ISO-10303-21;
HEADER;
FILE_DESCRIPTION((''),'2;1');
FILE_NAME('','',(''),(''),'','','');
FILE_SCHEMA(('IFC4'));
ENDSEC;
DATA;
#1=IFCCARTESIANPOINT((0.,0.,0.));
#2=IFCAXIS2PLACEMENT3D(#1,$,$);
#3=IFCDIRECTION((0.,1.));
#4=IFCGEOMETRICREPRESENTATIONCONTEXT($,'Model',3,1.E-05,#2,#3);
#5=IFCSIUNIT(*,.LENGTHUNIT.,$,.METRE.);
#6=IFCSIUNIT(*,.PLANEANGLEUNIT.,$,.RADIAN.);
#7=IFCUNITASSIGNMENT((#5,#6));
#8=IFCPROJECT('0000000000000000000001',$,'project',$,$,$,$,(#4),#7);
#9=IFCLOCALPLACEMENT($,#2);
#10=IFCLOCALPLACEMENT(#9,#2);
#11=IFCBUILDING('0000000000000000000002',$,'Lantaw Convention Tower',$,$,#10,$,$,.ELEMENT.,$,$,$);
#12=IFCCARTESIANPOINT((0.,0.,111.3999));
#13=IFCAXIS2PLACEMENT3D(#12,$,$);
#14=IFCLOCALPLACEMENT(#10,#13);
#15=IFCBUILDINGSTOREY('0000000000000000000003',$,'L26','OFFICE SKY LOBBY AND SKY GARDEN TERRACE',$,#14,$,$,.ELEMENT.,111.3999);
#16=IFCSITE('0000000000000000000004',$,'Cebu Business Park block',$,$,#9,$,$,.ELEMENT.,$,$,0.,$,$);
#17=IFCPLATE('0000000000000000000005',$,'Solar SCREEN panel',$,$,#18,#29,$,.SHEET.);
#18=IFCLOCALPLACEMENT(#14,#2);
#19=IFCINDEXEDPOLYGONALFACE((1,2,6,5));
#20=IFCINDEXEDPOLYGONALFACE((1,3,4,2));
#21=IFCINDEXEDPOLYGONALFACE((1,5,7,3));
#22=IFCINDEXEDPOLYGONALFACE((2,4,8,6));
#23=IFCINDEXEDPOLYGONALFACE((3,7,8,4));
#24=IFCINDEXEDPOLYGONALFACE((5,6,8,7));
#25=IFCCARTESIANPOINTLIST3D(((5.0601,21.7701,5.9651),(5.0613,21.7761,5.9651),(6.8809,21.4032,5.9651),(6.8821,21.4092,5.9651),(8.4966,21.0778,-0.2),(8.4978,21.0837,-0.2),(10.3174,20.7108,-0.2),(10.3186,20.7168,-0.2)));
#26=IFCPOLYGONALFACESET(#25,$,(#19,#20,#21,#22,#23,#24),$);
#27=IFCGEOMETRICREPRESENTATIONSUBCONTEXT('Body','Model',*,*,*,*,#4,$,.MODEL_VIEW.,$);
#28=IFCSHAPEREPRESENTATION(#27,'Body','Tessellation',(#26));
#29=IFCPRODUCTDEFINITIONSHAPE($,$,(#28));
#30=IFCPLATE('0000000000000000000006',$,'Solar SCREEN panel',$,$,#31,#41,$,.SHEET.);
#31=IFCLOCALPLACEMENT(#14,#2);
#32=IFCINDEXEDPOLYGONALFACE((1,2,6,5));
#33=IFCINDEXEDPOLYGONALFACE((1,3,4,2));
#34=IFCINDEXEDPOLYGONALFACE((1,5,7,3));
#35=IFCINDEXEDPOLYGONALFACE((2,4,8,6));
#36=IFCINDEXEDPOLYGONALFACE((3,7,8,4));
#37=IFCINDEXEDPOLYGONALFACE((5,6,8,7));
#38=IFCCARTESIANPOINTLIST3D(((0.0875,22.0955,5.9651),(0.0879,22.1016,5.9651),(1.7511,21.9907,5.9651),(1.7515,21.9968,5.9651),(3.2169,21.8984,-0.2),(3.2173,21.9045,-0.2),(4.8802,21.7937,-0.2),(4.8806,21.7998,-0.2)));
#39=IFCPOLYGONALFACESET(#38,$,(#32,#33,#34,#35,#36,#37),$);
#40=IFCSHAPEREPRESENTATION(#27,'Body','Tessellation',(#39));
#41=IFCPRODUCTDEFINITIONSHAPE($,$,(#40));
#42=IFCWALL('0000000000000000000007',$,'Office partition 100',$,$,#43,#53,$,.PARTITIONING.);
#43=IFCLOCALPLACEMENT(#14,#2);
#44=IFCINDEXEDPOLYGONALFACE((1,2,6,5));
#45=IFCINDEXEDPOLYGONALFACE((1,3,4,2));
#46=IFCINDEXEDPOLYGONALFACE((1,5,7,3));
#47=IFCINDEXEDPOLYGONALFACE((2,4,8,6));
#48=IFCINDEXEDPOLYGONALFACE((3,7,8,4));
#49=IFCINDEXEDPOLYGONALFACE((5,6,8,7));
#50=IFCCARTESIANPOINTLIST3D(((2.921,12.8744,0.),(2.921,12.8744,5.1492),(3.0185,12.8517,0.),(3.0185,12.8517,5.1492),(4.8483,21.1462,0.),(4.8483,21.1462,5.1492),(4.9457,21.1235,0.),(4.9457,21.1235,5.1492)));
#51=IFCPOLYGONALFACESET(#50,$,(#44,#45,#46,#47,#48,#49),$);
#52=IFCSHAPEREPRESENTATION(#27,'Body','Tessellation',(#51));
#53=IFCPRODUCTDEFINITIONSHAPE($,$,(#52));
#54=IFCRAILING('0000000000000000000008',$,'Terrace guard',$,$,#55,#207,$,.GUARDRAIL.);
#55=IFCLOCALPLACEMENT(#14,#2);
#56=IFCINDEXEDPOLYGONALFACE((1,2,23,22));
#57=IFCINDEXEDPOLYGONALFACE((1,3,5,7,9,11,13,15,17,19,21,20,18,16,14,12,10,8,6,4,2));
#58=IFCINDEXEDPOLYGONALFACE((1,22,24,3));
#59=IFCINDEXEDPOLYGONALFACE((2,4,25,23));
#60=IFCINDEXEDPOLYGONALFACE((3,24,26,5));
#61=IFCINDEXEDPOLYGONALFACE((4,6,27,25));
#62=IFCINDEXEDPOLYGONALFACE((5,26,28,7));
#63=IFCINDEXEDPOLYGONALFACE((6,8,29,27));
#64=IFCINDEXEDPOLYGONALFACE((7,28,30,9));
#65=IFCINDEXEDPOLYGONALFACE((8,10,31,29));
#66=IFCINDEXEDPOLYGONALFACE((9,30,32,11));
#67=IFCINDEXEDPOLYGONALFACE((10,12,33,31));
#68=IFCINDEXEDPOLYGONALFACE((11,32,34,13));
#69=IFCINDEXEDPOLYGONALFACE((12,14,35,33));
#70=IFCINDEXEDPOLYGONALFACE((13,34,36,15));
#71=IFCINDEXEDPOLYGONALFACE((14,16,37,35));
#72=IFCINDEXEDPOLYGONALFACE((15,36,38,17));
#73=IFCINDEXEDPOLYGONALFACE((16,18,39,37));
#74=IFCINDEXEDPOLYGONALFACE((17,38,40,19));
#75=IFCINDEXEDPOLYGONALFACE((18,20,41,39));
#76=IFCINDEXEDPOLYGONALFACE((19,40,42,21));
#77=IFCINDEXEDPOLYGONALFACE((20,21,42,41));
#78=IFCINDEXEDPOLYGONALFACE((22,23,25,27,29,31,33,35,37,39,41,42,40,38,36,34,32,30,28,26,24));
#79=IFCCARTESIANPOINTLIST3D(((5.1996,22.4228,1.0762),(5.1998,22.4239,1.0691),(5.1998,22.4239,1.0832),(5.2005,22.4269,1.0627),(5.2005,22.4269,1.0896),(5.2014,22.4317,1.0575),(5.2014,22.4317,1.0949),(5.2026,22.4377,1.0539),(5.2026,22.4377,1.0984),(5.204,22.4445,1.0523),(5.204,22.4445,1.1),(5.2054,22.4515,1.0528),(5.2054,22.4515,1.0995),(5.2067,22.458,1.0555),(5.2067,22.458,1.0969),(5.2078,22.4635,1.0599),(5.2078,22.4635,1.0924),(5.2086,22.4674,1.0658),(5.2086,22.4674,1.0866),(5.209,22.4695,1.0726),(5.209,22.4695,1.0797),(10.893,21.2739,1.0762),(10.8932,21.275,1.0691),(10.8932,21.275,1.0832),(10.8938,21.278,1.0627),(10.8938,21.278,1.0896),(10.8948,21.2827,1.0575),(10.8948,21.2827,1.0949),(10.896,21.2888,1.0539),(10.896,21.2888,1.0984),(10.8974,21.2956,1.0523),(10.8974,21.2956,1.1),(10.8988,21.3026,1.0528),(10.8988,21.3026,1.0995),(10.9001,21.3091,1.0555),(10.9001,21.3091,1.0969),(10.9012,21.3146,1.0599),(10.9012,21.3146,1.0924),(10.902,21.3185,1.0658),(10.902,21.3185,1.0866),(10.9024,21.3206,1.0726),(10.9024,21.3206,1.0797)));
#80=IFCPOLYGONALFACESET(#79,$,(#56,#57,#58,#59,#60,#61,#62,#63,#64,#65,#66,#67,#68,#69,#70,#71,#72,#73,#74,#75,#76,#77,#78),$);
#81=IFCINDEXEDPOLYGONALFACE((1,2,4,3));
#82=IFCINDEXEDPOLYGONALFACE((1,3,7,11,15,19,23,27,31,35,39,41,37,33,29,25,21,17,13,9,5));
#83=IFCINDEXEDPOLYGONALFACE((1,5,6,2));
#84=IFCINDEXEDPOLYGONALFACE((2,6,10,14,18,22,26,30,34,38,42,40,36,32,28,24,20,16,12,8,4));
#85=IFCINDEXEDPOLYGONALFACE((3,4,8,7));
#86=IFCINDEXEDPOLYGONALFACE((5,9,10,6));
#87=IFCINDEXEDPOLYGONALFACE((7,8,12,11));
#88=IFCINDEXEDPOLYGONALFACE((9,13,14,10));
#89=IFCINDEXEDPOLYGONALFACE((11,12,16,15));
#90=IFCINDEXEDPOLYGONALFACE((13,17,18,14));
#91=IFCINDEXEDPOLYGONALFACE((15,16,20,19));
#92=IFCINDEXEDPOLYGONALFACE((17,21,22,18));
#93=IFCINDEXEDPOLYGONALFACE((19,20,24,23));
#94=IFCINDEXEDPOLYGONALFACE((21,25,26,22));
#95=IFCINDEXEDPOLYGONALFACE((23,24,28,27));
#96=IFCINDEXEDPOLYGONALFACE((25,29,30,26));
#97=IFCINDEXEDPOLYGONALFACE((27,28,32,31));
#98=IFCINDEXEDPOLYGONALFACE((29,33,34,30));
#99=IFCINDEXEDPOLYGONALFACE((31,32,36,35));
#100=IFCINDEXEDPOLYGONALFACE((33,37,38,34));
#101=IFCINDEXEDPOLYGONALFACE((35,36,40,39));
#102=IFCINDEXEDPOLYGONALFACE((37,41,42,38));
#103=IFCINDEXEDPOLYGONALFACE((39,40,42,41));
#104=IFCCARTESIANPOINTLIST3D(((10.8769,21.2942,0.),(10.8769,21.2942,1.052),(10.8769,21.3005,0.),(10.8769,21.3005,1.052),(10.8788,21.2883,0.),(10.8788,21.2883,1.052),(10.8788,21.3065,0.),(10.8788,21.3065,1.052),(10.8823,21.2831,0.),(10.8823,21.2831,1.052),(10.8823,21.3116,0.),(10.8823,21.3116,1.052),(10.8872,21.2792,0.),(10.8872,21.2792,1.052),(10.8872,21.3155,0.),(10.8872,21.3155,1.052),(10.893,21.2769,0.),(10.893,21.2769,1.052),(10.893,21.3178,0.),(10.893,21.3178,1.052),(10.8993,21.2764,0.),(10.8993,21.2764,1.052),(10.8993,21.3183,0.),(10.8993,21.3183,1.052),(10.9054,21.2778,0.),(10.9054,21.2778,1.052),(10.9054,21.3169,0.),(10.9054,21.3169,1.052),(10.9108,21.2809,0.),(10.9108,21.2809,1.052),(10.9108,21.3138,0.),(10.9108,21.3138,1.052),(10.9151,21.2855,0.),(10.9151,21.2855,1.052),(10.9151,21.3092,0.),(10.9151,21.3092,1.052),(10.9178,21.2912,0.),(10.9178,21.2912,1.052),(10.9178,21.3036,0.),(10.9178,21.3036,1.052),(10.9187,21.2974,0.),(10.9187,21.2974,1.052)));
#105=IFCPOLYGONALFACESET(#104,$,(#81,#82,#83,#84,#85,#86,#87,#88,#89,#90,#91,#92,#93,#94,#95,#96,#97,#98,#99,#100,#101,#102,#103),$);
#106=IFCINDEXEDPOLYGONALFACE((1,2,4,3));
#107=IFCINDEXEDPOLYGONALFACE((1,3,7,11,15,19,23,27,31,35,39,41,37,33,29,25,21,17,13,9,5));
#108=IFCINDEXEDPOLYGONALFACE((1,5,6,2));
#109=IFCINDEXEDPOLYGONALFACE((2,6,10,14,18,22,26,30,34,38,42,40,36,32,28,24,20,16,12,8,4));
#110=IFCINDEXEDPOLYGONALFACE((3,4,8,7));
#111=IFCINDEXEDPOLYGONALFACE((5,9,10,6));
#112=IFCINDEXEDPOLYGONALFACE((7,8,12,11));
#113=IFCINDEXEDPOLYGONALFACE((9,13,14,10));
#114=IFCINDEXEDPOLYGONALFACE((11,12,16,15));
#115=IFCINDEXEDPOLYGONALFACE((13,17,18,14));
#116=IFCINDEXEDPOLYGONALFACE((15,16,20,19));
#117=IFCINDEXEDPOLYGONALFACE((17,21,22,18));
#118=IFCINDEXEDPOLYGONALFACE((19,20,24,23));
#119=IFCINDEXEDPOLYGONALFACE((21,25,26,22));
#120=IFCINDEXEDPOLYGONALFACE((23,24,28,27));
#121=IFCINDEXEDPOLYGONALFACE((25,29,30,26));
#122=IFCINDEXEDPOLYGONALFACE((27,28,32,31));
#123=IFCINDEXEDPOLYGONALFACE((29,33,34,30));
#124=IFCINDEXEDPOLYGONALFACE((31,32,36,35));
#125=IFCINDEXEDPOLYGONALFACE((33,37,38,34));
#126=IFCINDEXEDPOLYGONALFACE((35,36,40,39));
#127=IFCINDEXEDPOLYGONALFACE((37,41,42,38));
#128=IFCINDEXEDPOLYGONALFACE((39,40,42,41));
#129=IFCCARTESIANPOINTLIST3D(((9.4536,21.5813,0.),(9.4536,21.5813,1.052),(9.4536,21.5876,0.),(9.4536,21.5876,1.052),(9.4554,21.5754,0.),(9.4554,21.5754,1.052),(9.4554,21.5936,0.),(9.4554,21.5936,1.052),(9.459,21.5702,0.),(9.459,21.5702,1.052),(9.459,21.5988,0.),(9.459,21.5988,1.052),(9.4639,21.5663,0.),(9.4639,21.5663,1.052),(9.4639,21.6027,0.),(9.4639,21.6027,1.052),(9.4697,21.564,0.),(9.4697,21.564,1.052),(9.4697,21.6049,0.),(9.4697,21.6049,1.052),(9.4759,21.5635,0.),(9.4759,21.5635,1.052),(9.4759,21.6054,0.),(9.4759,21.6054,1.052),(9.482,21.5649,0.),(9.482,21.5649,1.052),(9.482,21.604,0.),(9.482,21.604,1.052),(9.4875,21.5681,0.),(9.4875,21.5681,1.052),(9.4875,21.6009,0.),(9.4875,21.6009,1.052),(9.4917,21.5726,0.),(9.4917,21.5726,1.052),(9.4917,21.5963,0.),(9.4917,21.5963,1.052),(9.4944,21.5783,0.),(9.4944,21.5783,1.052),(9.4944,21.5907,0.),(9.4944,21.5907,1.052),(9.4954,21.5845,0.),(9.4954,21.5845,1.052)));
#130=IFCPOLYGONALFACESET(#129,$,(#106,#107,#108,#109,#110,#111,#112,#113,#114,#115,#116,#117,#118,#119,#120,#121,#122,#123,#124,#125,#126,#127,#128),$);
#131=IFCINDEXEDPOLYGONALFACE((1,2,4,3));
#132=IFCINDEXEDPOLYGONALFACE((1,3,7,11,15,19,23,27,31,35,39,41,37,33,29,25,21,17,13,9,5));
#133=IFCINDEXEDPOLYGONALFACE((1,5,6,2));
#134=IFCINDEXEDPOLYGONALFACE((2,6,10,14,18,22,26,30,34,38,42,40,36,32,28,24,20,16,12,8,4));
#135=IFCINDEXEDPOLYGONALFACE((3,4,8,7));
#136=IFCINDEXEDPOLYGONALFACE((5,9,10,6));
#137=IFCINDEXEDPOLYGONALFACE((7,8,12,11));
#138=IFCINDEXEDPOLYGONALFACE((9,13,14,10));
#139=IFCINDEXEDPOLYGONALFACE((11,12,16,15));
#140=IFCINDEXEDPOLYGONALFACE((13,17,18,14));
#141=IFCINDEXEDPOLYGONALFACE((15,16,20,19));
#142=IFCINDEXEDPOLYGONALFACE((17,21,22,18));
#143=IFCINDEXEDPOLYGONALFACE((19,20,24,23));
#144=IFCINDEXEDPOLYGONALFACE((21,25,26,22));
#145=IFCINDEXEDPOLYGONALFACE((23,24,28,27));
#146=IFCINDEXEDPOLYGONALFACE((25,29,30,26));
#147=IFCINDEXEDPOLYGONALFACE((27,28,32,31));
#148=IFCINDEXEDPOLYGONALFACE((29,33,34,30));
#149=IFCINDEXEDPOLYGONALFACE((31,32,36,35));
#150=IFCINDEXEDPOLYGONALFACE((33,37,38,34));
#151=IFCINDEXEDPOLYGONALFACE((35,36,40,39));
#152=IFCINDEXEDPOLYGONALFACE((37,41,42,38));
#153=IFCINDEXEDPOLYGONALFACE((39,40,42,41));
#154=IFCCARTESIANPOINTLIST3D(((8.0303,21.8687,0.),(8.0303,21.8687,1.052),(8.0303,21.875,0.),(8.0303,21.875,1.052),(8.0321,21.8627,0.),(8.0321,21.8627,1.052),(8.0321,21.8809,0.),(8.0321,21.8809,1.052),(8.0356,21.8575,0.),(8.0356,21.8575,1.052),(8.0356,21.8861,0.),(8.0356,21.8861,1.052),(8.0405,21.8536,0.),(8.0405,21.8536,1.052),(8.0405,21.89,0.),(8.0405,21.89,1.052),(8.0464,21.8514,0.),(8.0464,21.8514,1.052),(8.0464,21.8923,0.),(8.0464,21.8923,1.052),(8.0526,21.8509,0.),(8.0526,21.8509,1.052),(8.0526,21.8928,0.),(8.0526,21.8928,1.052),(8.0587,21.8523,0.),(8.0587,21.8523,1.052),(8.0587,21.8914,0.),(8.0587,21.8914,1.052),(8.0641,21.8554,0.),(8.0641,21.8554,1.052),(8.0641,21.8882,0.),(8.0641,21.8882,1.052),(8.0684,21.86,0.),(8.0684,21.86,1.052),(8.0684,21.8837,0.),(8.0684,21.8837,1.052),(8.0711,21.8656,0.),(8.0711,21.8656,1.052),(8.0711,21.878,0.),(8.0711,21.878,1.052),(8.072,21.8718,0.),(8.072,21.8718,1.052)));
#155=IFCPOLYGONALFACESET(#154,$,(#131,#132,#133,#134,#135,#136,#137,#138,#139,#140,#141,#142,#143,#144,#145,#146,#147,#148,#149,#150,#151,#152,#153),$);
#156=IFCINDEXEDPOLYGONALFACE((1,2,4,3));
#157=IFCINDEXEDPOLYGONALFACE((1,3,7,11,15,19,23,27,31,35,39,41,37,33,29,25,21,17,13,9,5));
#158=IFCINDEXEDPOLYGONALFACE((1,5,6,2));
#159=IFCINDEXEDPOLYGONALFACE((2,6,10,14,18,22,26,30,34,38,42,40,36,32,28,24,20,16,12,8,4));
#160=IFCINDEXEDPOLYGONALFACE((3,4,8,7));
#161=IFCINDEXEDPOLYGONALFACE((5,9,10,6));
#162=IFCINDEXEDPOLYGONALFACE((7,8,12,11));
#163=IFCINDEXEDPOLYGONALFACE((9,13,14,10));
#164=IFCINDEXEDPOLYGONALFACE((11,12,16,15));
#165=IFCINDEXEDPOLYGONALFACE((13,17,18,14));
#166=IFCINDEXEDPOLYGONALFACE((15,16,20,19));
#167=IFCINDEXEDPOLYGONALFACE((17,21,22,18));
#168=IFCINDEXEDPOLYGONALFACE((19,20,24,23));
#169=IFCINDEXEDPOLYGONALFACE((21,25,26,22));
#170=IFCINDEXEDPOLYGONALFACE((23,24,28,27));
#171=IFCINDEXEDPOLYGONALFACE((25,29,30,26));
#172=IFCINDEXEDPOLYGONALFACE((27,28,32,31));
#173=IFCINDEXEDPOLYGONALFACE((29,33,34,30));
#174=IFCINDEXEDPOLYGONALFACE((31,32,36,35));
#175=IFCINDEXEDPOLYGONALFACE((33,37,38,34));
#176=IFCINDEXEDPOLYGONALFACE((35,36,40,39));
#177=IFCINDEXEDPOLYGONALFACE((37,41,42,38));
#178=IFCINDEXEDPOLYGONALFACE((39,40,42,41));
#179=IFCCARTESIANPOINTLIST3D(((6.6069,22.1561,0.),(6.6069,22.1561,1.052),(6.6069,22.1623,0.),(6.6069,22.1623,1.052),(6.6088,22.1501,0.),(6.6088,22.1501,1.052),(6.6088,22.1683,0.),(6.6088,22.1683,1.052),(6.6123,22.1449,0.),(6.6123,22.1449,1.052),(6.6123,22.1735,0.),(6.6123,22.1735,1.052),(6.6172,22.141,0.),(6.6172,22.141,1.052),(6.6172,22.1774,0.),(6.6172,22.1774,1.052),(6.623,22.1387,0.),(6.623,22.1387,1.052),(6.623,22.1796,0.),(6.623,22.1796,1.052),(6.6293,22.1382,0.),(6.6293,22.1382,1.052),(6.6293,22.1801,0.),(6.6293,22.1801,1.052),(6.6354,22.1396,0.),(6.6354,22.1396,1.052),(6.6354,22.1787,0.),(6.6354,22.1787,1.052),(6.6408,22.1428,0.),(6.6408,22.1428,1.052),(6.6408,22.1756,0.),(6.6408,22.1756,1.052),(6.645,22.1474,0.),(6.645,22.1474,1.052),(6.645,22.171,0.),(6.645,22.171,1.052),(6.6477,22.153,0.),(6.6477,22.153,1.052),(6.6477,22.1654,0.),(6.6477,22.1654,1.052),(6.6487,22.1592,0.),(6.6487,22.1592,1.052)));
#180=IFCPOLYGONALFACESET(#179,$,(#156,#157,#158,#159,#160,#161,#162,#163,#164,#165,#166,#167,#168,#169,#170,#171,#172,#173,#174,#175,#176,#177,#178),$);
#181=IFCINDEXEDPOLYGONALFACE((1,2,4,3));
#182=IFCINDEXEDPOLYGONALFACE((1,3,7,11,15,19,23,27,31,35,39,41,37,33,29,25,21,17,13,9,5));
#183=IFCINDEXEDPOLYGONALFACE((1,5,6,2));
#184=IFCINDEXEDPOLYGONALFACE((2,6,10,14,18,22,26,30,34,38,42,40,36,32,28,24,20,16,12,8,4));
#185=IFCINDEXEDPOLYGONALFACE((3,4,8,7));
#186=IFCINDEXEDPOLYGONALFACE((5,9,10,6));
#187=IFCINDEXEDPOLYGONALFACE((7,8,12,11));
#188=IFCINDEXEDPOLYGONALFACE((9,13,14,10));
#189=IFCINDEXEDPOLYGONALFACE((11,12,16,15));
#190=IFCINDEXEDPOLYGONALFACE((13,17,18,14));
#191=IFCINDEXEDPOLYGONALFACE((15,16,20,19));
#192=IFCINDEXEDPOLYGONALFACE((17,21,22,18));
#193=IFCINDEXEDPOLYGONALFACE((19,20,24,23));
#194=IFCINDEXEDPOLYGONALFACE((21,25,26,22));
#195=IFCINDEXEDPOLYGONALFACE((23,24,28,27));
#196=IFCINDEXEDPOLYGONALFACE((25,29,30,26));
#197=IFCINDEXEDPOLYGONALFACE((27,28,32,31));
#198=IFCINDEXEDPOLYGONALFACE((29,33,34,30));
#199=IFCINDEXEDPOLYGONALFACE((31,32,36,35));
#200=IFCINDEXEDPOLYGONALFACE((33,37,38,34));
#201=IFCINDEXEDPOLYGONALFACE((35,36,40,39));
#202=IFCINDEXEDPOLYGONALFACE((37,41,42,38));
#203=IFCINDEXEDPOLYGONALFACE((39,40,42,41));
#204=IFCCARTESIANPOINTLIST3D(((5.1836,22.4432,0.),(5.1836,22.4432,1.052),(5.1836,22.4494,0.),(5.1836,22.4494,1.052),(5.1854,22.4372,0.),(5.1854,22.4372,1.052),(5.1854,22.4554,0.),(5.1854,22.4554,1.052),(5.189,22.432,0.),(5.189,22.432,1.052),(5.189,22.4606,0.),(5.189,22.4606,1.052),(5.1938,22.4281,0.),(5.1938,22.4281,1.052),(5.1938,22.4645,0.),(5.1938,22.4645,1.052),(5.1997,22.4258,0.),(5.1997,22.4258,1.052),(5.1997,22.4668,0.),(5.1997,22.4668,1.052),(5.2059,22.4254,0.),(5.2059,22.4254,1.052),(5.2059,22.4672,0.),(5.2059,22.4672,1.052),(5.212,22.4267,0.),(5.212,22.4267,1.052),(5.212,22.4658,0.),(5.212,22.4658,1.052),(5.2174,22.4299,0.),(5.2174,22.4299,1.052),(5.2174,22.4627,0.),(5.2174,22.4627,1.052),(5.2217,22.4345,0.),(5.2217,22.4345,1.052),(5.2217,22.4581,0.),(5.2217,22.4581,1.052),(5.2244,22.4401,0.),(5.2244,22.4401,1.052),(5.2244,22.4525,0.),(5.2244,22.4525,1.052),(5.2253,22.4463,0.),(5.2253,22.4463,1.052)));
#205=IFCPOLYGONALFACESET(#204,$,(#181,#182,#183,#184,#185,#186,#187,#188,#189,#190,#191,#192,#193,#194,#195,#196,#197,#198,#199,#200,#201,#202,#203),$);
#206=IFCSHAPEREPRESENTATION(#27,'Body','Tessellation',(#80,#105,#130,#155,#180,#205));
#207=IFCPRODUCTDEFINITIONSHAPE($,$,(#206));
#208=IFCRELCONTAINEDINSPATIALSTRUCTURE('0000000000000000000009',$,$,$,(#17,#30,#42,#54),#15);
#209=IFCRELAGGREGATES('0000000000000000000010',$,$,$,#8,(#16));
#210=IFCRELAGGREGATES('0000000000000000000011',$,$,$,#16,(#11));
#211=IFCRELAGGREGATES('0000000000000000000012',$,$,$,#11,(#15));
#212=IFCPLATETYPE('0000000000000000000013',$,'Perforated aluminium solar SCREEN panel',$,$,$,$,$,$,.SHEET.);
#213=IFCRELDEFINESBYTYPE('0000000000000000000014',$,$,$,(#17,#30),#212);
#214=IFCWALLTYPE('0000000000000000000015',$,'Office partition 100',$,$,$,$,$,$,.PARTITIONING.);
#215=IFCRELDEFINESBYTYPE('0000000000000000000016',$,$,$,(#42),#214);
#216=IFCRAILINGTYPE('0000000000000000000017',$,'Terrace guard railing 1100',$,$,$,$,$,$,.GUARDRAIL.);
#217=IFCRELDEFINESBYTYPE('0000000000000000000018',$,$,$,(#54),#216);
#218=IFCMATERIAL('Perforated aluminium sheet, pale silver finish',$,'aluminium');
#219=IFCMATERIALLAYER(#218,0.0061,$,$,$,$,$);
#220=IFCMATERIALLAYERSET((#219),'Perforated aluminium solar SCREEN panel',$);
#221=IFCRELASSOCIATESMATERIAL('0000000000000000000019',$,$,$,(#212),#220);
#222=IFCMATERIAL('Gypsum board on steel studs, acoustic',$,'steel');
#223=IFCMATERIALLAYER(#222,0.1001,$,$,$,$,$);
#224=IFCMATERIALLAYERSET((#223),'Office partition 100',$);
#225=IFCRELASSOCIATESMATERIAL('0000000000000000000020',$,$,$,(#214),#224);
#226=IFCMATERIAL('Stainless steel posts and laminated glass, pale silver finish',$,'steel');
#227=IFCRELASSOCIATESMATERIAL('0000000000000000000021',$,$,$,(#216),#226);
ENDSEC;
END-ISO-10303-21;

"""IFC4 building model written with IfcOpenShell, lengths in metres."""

from ifc_helpers import new_model, si_unit, direction, frame, frame_2d, origin, origin_2d, place, context, subcontext, project, spatial, polyline, rectangle, circle, outline, extrude, material, layer, layer_set, type_object, element, save


model = new_model("IFC4")

# Units and contexts
model_context = context("Model", 3, precision=1e-05, world=origin(), true_north=direction((0.0, 1.0)))
body_context = subcontext(model_context, "Body", "Model", "MODEL_VIEW")
ifc_project = project(units=[si_unit("LENGTHUNIT", "METRE"), si_unit("PLANEANGLEUNIT", "RADIAN")], contexts=[model_context])

# Site, building, storey
site_placement = place(None, origin())
site = spatial("IfcSite", under=ifc_project, at=site_placement, Name="Cebu Business Park block", CompositionType="ELEMENT", RefElevation=0.0)
building_placement = place(site_placement, origin())
building = spatial("IfcBuilding", under=site, at=building_placement, Name="Lantaw Convention Tower", CompositionType="ELEMENT")
storey_placement = place(building_placement, frame((0.0, 0.0, 111.3999)))
storey = spatial("IfcBuildingStorey", under=building, at=storey_placement, Name="L26", Description="OFFICE SKY LOBBY AND SKY GARDEN TERRACE", CompositionType="ELEMENT", Elevation=111.3999)

# Plates
ifc_material_1 = material(Name="Perforated aluminium sheet, pale silver finish", Category="aluminium")
ifc_layer_1 = layer(ifc_material_1, 0.0061)
ifc_layer_set_1 = layer_set([ifc_layer_1], Name="Perforated aluminium solar SCREEN panel")
plate_type_1 = type_object("IfcPlateType", Name="Perforated aluminium solar SCREEN panel", PredefinedType="SHEET", material=ifc_layer_set_1)
plate_1_placement = place(storey_placement, frame((10.3186, 20.7168, -0.2), z_axis=(0.197557, 0.980291, 0.000028), x_axis=(-0.980291, 0.197557, 0.0)))
element("IfcPlate", 1, at=plate_1_placement, inside=storey, type_object=plate_type_1, Name="Solar SCREEN panel", PredefinedType="SHEET", context=body_context, shape_type="SweptSolid", body=[
    extrude(outline(polyline([(0.0, 0.0), (1.8574, 0.0), (5.363, 6.165), (3.5056, 6.165), (0.0, 0.0)])), origin(), (0.0, 0.0, -1.0), 0.0061),
])
plate_2_placement = place(storey_placement, frame((4.8806, 21.7998, -0.2), z_axis=(0.062839, 0.998024, 0.000001), x_axis=(-0.998024, 0.062839, 0.0)))
element("IfcPlate", 2, at=plate_2_placement, inside=storey, type_object=plate_type_1, Name="Solar SCREEN panel", PredefinedType="SHEET", context=body_context, shape_type="SweptSolid", body=[
    extrude(outline(polyline([(0.0, 0.0), (1.6666, 0.0), (4.8022, 6.165), (3.1353, 6.165), (0.0, 0.0)])), origin(), (0.0, 0.0, -1.0), 0.0061),
])

# Wall
ifc_material_2 = material(Name="Gypsum board on steel studs, acoustic", Category="steel")
ifc_layer_2 = layer(ifc_material_2, 0.1001)
ifc_layer_set_2 = layer_set([ifc_layer_2], Name="Office partition 100")
wall_type = type_object("IfcWallType", Name="Office partition 100", PredefinedType="PARTITIONING", material=ifc_layer_set_2)
wall_placement = place(storey_placement, frame((4.897, 21.1348, 0.0), z_axis=(0.0, 0.0, 1.0), x_axis=(-0.226908, -0.973916, 0.0)))
element("IfcWall", 3, at=wall_placement, inside=storey, type_object=wall_type, Name="Office partition 100", PredefinedType="PARTITIONING", context=body_context, shape_type="SweptSolid", body=[
    extrude(rectangle(XDim=8.4934, YDim=0.1001, at=frame_2d((4.2466, 0.0))), origin(), (0.0, 0.0, 1.0), 5.1492),
])

# Railing
ifc_material_3 = material(Name="Stainless steel posts and laminated glass, pale silver finish", Category="steel")
railing_type = type_object("IfcRailingType", Name="Terrace guard railing 1100", PredefinedType="GUARDRAIL", material=ifc_material_3)
railing_1_placement = place(storey_placement, frame((10.8977, 21.2974, 0.0)))
element("IfcRailing", 4, at=railing_1_placement, inside=storey, type_object=railing_type, Name="Terrace guard", PredefinedType="GUARDRAIL", context=body_context, shape_type="SweptSolid", body=[
    extrude(circle(Radius=0.0239, at=origin_2d()), frame((0.0, 0.0, 1.0762), z_axis=(-0.98024, 0.197813, 0.0), x_axis=(-0.197813, -0.98024, 0.0)), (0.0, 0.0, 1.0), 5.8081),
    extrude(circle(Radius=0.021, at=origin_2d()), origin(), (0.0, 0.0, 1.0), 1.052),
    extrude(circle(Radius=0.021, at=origin_2d()), frame((-1.4233, 0.2871, 0.0)), (0.0, 0.0, 1.0), 1.052),
    extrude(circle(Radius=0.021, at=origin_2d()), frame((-2.8467, 0.5745, 0.0)), (0.0, 0.0, 1.0), 1.052),
    extrude(circle(Radius=0.021, at=origin_2d()), frame((-4.27, 0.8618, 0.0)), (0.0, 0.0, 1.0), 1.052),
    extrude(circle(Radius=0.021, at=origin_2d()), frame((-5.6934, 1.1489, 0.0)), (0.0, 0.0, 1.0), 1.052),
])

save(model, "model.ifc")
